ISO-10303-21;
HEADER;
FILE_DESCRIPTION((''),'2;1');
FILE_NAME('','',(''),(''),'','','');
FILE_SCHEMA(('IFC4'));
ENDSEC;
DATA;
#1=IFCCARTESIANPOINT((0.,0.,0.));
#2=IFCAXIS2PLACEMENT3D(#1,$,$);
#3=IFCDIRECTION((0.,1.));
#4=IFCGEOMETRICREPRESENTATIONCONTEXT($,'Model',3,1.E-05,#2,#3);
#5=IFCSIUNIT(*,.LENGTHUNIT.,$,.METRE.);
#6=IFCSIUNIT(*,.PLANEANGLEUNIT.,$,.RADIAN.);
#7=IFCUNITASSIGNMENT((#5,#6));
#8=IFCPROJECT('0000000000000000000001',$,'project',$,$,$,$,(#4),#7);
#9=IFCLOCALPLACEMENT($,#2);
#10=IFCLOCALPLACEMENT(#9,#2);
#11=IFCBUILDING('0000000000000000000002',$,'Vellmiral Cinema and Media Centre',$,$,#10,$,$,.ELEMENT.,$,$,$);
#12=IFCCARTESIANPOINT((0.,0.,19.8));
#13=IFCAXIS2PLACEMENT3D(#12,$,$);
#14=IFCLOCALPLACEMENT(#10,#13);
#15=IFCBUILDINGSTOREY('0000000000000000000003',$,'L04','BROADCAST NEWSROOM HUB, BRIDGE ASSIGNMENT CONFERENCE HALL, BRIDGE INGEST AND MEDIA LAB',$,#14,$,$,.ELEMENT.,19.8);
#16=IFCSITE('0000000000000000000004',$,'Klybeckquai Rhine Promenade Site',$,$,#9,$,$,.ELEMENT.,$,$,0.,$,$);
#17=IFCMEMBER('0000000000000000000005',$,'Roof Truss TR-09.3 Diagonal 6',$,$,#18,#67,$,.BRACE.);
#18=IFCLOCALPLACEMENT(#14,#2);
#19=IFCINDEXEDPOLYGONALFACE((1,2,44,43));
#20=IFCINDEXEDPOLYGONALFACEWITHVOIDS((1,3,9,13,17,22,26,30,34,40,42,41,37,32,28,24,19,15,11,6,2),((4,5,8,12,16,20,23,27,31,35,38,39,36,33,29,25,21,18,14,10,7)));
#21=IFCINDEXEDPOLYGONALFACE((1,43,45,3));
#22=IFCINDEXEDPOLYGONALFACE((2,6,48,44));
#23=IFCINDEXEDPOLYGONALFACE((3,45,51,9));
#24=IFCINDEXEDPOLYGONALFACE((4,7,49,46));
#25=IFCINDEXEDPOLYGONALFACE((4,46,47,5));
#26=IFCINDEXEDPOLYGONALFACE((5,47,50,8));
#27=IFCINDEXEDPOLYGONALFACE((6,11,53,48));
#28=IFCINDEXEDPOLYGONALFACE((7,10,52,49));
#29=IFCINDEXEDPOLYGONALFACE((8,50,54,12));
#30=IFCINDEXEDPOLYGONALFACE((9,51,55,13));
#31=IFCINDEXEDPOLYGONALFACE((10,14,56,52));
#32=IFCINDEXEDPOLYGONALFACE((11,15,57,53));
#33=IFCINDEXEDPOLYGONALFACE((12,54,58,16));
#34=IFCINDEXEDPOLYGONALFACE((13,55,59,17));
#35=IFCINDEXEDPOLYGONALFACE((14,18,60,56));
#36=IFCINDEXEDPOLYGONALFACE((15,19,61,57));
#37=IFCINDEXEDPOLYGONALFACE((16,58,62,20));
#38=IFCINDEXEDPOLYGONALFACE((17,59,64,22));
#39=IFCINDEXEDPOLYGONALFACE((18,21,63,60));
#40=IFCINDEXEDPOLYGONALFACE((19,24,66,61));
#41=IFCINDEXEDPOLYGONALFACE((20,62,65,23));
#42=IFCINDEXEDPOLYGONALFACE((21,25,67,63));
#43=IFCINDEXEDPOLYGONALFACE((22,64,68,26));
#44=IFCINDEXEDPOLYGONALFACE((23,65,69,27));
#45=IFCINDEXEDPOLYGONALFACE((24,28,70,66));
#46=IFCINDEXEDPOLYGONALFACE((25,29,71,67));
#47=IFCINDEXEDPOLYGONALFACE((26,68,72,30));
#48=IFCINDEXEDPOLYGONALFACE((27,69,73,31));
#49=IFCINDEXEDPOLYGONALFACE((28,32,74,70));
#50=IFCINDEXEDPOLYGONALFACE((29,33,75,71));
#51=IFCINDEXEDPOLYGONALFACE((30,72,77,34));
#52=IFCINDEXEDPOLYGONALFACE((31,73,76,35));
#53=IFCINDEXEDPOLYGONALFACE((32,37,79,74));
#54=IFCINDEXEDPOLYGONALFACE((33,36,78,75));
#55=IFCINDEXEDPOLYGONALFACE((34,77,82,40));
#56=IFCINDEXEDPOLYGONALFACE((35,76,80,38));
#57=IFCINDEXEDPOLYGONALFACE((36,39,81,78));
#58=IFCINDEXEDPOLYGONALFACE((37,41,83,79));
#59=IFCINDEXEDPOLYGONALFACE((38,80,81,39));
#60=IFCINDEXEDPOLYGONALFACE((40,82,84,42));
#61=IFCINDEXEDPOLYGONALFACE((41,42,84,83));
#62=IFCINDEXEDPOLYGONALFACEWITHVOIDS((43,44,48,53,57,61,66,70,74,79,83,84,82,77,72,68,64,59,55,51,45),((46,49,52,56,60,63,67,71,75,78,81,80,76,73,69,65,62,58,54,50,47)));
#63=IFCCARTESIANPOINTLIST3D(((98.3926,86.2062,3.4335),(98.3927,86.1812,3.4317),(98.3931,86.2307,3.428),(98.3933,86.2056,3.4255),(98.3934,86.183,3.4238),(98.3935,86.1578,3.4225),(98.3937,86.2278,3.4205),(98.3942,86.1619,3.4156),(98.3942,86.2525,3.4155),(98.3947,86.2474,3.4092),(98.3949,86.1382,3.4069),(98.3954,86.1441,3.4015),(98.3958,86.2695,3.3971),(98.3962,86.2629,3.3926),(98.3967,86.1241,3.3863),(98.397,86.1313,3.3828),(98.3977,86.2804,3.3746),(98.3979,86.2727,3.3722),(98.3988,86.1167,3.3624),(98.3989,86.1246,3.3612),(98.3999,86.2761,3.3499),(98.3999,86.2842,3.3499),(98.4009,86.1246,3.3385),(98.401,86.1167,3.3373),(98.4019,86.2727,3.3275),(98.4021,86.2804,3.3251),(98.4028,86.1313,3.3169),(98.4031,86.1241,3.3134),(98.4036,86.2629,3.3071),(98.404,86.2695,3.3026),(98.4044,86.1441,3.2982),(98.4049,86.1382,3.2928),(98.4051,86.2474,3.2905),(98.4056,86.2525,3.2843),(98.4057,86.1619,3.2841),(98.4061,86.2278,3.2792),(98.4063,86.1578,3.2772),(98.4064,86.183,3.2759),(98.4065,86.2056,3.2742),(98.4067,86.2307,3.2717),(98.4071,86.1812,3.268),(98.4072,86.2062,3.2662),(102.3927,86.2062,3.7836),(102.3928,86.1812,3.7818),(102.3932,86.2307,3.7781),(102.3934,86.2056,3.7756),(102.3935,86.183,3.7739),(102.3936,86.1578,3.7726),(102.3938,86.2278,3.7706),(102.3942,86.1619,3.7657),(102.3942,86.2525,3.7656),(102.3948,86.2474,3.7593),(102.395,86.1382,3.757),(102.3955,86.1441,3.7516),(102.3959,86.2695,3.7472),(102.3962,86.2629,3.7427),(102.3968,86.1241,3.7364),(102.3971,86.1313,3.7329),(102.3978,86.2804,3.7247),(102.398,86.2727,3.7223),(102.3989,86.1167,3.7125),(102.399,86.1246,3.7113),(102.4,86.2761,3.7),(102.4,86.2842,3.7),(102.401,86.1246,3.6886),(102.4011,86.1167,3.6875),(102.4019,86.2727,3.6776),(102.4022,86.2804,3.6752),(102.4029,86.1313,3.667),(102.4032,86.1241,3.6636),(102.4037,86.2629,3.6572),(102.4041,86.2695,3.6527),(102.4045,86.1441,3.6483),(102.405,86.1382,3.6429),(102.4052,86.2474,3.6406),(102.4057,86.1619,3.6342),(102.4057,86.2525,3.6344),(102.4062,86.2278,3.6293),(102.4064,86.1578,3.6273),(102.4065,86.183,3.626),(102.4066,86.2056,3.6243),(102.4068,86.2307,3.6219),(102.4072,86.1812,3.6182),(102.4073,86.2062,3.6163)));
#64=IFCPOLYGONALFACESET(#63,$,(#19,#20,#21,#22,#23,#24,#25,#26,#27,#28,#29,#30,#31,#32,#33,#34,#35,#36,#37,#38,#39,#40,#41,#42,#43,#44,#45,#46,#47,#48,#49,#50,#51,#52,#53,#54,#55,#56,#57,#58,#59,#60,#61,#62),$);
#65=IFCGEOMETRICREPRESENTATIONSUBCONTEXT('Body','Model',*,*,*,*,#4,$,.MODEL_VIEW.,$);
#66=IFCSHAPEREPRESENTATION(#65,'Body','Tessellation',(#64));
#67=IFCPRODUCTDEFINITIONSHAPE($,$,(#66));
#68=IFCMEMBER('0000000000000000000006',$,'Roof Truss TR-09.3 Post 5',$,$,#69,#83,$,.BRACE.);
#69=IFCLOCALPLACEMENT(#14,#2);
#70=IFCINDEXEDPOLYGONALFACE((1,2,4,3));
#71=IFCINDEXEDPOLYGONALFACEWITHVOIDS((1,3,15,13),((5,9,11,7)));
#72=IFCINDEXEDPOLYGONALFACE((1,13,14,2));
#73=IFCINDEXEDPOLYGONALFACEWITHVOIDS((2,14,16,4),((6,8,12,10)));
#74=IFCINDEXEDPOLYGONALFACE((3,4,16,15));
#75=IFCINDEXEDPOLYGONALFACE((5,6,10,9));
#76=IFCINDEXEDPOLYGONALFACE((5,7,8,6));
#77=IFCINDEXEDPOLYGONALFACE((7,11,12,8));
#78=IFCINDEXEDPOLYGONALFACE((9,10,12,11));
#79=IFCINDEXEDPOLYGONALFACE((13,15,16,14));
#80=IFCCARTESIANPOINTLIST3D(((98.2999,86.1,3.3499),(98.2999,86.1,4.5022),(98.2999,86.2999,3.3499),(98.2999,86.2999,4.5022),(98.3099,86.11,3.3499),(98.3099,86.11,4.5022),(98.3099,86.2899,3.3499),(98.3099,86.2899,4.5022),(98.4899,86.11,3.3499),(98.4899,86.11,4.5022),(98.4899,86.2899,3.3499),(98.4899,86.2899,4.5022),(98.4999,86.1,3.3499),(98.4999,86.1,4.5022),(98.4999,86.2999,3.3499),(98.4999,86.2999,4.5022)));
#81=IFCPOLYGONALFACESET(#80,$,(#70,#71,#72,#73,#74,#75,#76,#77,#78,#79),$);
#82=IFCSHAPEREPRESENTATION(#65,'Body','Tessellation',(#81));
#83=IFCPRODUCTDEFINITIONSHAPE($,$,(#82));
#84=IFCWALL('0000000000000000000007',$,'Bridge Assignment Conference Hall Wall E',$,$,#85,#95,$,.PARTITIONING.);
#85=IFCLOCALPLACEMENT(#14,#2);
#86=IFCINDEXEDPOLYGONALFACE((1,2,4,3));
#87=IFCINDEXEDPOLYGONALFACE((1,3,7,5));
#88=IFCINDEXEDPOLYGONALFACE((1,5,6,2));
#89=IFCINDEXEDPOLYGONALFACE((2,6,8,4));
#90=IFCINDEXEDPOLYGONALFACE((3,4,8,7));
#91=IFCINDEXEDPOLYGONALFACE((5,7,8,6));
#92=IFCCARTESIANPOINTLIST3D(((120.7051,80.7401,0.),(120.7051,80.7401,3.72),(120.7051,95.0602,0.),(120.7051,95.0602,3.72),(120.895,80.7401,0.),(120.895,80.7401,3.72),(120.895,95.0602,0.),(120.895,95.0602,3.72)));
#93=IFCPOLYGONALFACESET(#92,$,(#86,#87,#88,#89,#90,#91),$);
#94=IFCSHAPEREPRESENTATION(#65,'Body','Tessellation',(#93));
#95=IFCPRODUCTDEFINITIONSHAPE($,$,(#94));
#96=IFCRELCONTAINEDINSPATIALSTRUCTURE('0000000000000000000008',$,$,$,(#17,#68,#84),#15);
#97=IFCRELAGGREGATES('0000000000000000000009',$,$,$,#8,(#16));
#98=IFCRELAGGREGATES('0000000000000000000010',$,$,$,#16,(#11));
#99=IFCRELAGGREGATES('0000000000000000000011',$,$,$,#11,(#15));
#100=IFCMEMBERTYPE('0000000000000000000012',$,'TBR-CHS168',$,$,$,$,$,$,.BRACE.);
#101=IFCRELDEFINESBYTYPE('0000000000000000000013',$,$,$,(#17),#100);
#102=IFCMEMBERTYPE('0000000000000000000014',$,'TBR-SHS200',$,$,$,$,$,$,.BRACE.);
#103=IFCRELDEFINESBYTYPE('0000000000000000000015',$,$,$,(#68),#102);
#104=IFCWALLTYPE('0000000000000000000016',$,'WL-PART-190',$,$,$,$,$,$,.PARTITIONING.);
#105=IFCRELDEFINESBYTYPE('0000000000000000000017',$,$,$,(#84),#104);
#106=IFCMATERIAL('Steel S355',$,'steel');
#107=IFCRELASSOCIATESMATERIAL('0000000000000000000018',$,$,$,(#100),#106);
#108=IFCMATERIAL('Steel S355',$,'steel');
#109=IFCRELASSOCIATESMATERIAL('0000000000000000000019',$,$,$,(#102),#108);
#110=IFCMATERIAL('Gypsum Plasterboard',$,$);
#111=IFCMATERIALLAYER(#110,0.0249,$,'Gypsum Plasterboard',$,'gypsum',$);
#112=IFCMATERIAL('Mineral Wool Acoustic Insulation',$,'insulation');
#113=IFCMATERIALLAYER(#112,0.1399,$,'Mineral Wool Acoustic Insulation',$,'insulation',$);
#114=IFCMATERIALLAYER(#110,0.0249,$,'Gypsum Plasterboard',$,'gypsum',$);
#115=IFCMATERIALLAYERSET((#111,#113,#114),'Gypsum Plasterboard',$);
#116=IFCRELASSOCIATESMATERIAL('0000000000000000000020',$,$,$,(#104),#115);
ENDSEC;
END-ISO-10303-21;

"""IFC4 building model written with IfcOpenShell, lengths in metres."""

from ifc_helpers import new_model, si_unit, direction, frame, frame_2d, origin, origin_2d, place, context, subcontext, project, spatial, rectangle, hollow_rectangle, hollow_circle, extrude, material, layer, layer_set, material_profile, profile_set, type_object, element, save


model = new_model("IFC4")

# Units and contexts
model_context = context("Model", 3, precision=1e-05, world=origin(), true_north=direction((0.0, 1.0)))
body_context = subcontext(model_context, "Body", "Model", "MODEL_VIEW")
ifc_project = project(units=[si_unit("LENGTHUNIT", "METRE"), si_unit("PLANEANGLEUNIT", "RADIAN")], contexts=[model_context])

# Site, building, storey
site_placement = place(None, origin())
site = spatial("IfcSite", under=ifc_project, at=site_placement, Name="Klybeckquai Rhine Promenade Site", CompositionType="ELEMENT", RefElevation=0.0)
building_placement = place(site_placement, origin())
building = spatial("IfcBuilding", under=site, at=building_placement, Name="Vellmiral Cinema and Media Centre", CompositionType="ELEMENT")
storey_placement = place(building_placement, frame((0.0, 0.0, 19.8)))
storey = spatial("IfcBuildingStorey", under=building, at=storey_placement, Name="L04", Description="BROADCAST NEWSROOM HUB, BRIDGE ASSIGNMENT CONFERENCE HALL, BRIDGE INGEST AND MEDIA LAB", CompositionType="ELEMENT", Elevation=19.8)

# Members
ifc_material_1 = material(Name="Steel S355", Category="steel")
ifc_material_profile_1 = material_profile(ifc_material_1, hollow_circle(Radius=0.0842, WallThickness=0.0081, at=origin_2d()), Name="CHS 168.3x8.0")
ifc_profile_set_1 = profile_set([ifc_material_profile_1], Name="Steel S355")
member_type_1 = type_object("IfcMemberType", Name="TBR-CHS168", PredefinedType="BRACE", material=ifc_profile_set_1)
for number, where, z_axis, x_axis, name in (
    (1, (98.3999, 86.2, 3.3499), (0.996192, 0.0, 0.087191), (0.0, 1.0, 0.0), "Roof Truss TR-09.3 Diagonal 6"),
):
    element("IfcMember", number, at=place(storey_placement, frame(where, z_axis=z_axis, x_axis=x_axis)), inside=storey, type_object=member_type_1, Name=name, PredefinedType="BRACE", context=body_context, shape_type="SweptSolid", body=[
        extrude(hollow_circle(Radius=0.0842, WallThickness=0.0081, at=origin_2d()), origin(), (0.0, 0.0, 1.0), 4.0154),
    ])
ifc_material_2 = material(Name="Steel S355", Category="steel")
ifc_material_profile_2 = material_profile(ifc_material_2, hollow_rectangle(XDim=0.2, YDim=0.2, WallThickness=0.01, at=origin_2d()), Name="SHS 200x200x10.0")
ifc_profile_set_2 = profile_set([ifc_material_profile_2], Name="Steel S355")
member_type_2 = type_object("IfcMemberType", Name="TBR-SHS200", PredefinedType="BRACE", material=ifc_profile_set_2)
member_1_placement = place(storey_placement, frame((98.3999, 86.2, 3.3499), z_axis=(0.0, 0.0, 1.0), x_axis=(1.0, 0.0, 0.0)))
element("IfcMember", 2, at=member_1_placement, inside=storey, type_object=member_type_2, Name="Roof Truss TR-09.3 Post 5", PredefinedType="BRACE", context=body_context, shape_type="SweptSolid", body=[
    extrude(hollow_rectangle(XDim=0.2, YDim=0.2, WallThickness=0.01, at=origin_2d()), origin(), (0.0, 0.0, 1.0), 1.1523),
])

# Wall
ifc_material_3 = material(Name="Gypsum Plasterboard")
ifc_layer_1 = layer(ifc_material_3, 0.0249, Name="Gypsum Plasterboard", Category="gypsum")
ifc_material_4 = material(Name="Mineral Wool Acoustic Insulation", Category="insulation")
ifc_layer_2 = layer(ifc_material_4, 0.1399, Name="Mineral Wool Acoustic Insulation", Category="insulation")
ifc_layer_3 = layer(ifc_material_3, 0.0249, Name="Gypsum Plasterboard", Category="gypsum")
ifc_layer_set = layer_set([ifc_layer_1, ifc_layer_2, ifc_layer_3], Name="Gypsum Plasterboard")
wall_type = type_object("IfcWallType", Name="WL-PART-190", PredefinedType="PARTITIONING", material=ifc_layer_set)
wall_placement = place(storey_placement, frame((120.8, 80.74, 0.0), z_axis=(0.0, 0.0, 1.0), x_axis=(0.0, 1.0, 0.0)))
element("IfcWall", 3, at=wall_placement, inside=storey, type_object=wall_type, Name="Bridge Assignment Conference Hall Wall E", PredefinedType="PARTITIONING", context=body_context, shape_type="SweptSolid", body=[
    extrude(rectangle(XDim=14.3201, YDim=0.1899, at=frame_2d((7.1602, 0.0))), origin(), (0.0, 0.0, 1.0), 3.72),
])

save(model, "model.ifc")
